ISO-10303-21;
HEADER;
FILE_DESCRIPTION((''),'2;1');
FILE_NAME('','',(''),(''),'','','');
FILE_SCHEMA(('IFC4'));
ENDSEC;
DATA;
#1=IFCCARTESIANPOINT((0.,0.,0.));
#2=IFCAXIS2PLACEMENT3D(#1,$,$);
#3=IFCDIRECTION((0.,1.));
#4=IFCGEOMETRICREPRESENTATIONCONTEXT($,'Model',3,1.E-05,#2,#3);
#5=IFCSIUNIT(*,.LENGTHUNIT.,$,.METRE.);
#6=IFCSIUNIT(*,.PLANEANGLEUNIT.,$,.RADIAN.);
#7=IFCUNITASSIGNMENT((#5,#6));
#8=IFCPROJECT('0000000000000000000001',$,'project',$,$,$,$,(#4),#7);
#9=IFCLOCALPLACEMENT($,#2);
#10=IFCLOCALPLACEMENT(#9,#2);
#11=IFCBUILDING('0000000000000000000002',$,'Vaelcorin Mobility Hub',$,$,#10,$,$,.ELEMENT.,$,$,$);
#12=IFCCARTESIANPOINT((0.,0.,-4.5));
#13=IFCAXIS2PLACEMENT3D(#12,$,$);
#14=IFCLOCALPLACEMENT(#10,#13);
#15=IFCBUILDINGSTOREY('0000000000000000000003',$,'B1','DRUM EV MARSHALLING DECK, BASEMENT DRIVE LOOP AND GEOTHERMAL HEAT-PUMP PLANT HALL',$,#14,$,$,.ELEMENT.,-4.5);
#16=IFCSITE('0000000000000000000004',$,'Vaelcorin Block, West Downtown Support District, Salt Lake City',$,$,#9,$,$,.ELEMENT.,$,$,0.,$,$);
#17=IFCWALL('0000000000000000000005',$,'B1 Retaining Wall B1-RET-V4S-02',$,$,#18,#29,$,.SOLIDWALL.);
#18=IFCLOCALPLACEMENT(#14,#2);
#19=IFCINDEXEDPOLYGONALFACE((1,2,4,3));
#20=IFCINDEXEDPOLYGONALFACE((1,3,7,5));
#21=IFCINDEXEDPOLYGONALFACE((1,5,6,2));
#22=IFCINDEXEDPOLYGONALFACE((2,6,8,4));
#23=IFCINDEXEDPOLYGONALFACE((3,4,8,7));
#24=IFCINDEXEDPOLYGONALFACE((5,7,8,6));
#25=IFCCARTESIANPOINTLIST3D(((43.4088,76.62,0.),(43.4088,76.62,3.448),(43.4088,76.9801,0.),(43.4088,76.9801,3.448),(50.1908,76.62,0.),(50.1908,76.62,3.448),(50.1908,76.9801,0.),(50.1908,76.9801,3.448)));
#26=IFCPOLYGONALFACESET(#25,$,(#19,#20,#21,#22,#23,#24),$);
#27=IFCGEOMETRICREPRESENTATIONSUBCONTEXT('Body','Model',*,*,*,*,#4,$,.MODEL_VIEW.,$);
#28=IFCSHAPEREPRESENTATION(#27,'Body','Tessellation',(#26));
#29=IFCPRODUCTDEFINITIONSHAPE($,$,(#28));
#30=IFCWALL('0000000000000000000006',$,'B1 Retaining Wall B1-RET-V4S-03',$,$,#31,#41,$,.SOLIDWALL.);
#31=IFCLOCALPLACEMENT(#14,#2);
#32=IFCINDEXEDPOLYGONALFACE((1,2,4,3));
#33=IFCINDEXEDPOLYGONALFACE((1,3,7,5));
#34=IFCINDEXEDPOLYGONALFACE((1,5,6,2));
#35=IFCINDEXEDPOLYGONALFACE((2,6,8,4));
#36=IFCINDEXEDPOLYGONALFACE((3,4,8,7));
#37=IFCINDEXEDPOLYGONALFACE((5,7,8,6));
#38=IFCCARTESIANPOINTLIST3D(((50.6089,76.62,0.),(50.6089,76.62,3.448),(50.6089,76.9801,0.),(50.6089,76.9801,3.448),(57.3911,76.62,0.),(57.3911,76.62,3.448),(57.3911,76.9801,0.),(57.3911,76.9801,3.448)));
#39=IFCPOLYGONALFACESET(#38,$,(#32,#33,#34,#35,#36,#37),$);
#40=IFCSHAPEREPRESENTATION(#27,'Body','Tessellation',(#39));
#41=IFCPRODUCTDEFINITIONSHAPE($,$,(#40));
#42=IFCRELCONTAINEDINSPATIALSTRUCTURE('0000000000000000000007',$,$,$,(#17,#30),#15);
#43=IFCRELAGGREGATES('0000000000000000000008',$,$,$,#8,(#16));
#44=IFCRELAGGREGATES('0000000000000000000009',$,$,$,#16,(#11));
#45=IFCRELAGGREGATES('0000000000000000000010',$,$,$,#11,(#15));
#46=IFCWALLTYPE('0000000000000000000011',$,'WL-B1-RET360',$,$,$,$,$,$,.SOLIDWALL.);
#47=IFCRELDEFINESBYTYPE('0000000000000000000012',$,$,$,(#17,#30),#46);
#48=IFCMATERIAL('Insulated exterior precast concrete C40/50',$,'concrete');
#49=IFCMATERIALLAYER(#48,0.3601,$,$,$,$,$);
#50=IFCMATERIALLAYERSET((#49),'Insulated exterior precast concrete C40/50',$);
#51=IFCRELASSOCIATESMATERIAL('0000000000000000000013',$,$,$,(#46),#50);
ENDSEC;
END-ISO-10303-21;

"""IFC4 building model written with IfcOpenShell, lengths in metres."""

from ifc_helpers import new_model, si_unit, direction, frame, frame_2d, origin, place, context, subcontext, project, spatial, rectangle, extrude, material, layer, layer_set, type_object, element, save


model = new_model("IFC4")

# Units and contexts
model_context = context("Model", 3, precision=1e-05, world=origin(), true_north=direction((0.0, 1.0)))
body_context = subcontext(model_context, "Body", "Model", "MODEL_VIEW")
ifc_project = project(units=[si_unit("LENGTHUNIT", "METRE"), si_unit("PLANEANGLEUNIT", "RADIAN")], contexts=[model_context])

# Site, building, storey
site_placement = place(None, origin())
site = spatial("IfcSite", under=ifc_project, at=site_placement, Name="Vaelcorin Block, West Downtown Support District, Salt Lake City", CompositionType="ELEMENT", RefElevation=0.0)
building_placement = place(site_placement, origin())
building = spatial("IfcBuilding", under=site, at=building_placement, Name="Vaelcorin Mobility Hub", CompositionType="ELEMENT")
storey_placement = place(building_placement, frame((0.0, 0.0, -4.5)))
storey = spatial("IfcBuildingStorey", under=building, at=storey_placement, Name="B1", Description="DRUM EV MARSHALLING DECK, BASEMENT DRIVE LOOP AND GEOTHERMAL HEAT-PUMP PLANT HALL", CompositionType="ELEMENT", Elevation=-4.5)

# Walls
ifc_material_1 = material(Name="Insulated exterior precast concrete C40/50", Category="concrete")
ifc_layer = layer(ifc_material_1, 0.3601)
ifc_layer_set = layer_set([ifc_layer], Name="Insulated exterior precast concrete C40/50")
wall_type = type_object("IfcWallType", Name="WL-B1-RET360", PredefinedType="SOLIDWALL", material=ifc_layer_set)
wall_1_placement = place(storey_placement, frame((50.1909, 76.8, 0.0), z_axis=(0.0, 0.0, 1.0), x_axis=(-1.0, 0.0, 0.0)))
element("IfcWall", 1, at=wall_1_placement, inside=storey, type_object=wall_type, Name="B1 Retaining Wall B1-RET-V4S-02", PredefinedType="SOLIDWALL", context=body_context, shape_type="SweptSolid", body=[
    extrude(rectangle(XDim=6.782, YDim=0.3601, at=frame_2d((3.3911, 0.0))), origin(), (0.0, 0.0, 1.0), 3.448),
])
wall_2_placement = place(storey_placement, frame((57.3911, 76.8, 0.0), z_axis=(0.0, 0.0, 1.0), x_axis=(-1.0, 0.0, 0.0)))
element("IfcWall", 2, at=wall_2_placement, inside=storey, type_object=wall_type, Name="B1 Retaining Wall B1-RET-V4S-03", PredefinedType="SOLIDWALL", context=body_context, shape_type="SweptSolid", body=[
    extrude(rectangle(XDim=6.7822, YDim=0.3601, at=frame_2d((3.3911, 0.0))), origin(), (0.0, 0.0, 1.0), 3.448),
])

save(model, "model.ifc")
